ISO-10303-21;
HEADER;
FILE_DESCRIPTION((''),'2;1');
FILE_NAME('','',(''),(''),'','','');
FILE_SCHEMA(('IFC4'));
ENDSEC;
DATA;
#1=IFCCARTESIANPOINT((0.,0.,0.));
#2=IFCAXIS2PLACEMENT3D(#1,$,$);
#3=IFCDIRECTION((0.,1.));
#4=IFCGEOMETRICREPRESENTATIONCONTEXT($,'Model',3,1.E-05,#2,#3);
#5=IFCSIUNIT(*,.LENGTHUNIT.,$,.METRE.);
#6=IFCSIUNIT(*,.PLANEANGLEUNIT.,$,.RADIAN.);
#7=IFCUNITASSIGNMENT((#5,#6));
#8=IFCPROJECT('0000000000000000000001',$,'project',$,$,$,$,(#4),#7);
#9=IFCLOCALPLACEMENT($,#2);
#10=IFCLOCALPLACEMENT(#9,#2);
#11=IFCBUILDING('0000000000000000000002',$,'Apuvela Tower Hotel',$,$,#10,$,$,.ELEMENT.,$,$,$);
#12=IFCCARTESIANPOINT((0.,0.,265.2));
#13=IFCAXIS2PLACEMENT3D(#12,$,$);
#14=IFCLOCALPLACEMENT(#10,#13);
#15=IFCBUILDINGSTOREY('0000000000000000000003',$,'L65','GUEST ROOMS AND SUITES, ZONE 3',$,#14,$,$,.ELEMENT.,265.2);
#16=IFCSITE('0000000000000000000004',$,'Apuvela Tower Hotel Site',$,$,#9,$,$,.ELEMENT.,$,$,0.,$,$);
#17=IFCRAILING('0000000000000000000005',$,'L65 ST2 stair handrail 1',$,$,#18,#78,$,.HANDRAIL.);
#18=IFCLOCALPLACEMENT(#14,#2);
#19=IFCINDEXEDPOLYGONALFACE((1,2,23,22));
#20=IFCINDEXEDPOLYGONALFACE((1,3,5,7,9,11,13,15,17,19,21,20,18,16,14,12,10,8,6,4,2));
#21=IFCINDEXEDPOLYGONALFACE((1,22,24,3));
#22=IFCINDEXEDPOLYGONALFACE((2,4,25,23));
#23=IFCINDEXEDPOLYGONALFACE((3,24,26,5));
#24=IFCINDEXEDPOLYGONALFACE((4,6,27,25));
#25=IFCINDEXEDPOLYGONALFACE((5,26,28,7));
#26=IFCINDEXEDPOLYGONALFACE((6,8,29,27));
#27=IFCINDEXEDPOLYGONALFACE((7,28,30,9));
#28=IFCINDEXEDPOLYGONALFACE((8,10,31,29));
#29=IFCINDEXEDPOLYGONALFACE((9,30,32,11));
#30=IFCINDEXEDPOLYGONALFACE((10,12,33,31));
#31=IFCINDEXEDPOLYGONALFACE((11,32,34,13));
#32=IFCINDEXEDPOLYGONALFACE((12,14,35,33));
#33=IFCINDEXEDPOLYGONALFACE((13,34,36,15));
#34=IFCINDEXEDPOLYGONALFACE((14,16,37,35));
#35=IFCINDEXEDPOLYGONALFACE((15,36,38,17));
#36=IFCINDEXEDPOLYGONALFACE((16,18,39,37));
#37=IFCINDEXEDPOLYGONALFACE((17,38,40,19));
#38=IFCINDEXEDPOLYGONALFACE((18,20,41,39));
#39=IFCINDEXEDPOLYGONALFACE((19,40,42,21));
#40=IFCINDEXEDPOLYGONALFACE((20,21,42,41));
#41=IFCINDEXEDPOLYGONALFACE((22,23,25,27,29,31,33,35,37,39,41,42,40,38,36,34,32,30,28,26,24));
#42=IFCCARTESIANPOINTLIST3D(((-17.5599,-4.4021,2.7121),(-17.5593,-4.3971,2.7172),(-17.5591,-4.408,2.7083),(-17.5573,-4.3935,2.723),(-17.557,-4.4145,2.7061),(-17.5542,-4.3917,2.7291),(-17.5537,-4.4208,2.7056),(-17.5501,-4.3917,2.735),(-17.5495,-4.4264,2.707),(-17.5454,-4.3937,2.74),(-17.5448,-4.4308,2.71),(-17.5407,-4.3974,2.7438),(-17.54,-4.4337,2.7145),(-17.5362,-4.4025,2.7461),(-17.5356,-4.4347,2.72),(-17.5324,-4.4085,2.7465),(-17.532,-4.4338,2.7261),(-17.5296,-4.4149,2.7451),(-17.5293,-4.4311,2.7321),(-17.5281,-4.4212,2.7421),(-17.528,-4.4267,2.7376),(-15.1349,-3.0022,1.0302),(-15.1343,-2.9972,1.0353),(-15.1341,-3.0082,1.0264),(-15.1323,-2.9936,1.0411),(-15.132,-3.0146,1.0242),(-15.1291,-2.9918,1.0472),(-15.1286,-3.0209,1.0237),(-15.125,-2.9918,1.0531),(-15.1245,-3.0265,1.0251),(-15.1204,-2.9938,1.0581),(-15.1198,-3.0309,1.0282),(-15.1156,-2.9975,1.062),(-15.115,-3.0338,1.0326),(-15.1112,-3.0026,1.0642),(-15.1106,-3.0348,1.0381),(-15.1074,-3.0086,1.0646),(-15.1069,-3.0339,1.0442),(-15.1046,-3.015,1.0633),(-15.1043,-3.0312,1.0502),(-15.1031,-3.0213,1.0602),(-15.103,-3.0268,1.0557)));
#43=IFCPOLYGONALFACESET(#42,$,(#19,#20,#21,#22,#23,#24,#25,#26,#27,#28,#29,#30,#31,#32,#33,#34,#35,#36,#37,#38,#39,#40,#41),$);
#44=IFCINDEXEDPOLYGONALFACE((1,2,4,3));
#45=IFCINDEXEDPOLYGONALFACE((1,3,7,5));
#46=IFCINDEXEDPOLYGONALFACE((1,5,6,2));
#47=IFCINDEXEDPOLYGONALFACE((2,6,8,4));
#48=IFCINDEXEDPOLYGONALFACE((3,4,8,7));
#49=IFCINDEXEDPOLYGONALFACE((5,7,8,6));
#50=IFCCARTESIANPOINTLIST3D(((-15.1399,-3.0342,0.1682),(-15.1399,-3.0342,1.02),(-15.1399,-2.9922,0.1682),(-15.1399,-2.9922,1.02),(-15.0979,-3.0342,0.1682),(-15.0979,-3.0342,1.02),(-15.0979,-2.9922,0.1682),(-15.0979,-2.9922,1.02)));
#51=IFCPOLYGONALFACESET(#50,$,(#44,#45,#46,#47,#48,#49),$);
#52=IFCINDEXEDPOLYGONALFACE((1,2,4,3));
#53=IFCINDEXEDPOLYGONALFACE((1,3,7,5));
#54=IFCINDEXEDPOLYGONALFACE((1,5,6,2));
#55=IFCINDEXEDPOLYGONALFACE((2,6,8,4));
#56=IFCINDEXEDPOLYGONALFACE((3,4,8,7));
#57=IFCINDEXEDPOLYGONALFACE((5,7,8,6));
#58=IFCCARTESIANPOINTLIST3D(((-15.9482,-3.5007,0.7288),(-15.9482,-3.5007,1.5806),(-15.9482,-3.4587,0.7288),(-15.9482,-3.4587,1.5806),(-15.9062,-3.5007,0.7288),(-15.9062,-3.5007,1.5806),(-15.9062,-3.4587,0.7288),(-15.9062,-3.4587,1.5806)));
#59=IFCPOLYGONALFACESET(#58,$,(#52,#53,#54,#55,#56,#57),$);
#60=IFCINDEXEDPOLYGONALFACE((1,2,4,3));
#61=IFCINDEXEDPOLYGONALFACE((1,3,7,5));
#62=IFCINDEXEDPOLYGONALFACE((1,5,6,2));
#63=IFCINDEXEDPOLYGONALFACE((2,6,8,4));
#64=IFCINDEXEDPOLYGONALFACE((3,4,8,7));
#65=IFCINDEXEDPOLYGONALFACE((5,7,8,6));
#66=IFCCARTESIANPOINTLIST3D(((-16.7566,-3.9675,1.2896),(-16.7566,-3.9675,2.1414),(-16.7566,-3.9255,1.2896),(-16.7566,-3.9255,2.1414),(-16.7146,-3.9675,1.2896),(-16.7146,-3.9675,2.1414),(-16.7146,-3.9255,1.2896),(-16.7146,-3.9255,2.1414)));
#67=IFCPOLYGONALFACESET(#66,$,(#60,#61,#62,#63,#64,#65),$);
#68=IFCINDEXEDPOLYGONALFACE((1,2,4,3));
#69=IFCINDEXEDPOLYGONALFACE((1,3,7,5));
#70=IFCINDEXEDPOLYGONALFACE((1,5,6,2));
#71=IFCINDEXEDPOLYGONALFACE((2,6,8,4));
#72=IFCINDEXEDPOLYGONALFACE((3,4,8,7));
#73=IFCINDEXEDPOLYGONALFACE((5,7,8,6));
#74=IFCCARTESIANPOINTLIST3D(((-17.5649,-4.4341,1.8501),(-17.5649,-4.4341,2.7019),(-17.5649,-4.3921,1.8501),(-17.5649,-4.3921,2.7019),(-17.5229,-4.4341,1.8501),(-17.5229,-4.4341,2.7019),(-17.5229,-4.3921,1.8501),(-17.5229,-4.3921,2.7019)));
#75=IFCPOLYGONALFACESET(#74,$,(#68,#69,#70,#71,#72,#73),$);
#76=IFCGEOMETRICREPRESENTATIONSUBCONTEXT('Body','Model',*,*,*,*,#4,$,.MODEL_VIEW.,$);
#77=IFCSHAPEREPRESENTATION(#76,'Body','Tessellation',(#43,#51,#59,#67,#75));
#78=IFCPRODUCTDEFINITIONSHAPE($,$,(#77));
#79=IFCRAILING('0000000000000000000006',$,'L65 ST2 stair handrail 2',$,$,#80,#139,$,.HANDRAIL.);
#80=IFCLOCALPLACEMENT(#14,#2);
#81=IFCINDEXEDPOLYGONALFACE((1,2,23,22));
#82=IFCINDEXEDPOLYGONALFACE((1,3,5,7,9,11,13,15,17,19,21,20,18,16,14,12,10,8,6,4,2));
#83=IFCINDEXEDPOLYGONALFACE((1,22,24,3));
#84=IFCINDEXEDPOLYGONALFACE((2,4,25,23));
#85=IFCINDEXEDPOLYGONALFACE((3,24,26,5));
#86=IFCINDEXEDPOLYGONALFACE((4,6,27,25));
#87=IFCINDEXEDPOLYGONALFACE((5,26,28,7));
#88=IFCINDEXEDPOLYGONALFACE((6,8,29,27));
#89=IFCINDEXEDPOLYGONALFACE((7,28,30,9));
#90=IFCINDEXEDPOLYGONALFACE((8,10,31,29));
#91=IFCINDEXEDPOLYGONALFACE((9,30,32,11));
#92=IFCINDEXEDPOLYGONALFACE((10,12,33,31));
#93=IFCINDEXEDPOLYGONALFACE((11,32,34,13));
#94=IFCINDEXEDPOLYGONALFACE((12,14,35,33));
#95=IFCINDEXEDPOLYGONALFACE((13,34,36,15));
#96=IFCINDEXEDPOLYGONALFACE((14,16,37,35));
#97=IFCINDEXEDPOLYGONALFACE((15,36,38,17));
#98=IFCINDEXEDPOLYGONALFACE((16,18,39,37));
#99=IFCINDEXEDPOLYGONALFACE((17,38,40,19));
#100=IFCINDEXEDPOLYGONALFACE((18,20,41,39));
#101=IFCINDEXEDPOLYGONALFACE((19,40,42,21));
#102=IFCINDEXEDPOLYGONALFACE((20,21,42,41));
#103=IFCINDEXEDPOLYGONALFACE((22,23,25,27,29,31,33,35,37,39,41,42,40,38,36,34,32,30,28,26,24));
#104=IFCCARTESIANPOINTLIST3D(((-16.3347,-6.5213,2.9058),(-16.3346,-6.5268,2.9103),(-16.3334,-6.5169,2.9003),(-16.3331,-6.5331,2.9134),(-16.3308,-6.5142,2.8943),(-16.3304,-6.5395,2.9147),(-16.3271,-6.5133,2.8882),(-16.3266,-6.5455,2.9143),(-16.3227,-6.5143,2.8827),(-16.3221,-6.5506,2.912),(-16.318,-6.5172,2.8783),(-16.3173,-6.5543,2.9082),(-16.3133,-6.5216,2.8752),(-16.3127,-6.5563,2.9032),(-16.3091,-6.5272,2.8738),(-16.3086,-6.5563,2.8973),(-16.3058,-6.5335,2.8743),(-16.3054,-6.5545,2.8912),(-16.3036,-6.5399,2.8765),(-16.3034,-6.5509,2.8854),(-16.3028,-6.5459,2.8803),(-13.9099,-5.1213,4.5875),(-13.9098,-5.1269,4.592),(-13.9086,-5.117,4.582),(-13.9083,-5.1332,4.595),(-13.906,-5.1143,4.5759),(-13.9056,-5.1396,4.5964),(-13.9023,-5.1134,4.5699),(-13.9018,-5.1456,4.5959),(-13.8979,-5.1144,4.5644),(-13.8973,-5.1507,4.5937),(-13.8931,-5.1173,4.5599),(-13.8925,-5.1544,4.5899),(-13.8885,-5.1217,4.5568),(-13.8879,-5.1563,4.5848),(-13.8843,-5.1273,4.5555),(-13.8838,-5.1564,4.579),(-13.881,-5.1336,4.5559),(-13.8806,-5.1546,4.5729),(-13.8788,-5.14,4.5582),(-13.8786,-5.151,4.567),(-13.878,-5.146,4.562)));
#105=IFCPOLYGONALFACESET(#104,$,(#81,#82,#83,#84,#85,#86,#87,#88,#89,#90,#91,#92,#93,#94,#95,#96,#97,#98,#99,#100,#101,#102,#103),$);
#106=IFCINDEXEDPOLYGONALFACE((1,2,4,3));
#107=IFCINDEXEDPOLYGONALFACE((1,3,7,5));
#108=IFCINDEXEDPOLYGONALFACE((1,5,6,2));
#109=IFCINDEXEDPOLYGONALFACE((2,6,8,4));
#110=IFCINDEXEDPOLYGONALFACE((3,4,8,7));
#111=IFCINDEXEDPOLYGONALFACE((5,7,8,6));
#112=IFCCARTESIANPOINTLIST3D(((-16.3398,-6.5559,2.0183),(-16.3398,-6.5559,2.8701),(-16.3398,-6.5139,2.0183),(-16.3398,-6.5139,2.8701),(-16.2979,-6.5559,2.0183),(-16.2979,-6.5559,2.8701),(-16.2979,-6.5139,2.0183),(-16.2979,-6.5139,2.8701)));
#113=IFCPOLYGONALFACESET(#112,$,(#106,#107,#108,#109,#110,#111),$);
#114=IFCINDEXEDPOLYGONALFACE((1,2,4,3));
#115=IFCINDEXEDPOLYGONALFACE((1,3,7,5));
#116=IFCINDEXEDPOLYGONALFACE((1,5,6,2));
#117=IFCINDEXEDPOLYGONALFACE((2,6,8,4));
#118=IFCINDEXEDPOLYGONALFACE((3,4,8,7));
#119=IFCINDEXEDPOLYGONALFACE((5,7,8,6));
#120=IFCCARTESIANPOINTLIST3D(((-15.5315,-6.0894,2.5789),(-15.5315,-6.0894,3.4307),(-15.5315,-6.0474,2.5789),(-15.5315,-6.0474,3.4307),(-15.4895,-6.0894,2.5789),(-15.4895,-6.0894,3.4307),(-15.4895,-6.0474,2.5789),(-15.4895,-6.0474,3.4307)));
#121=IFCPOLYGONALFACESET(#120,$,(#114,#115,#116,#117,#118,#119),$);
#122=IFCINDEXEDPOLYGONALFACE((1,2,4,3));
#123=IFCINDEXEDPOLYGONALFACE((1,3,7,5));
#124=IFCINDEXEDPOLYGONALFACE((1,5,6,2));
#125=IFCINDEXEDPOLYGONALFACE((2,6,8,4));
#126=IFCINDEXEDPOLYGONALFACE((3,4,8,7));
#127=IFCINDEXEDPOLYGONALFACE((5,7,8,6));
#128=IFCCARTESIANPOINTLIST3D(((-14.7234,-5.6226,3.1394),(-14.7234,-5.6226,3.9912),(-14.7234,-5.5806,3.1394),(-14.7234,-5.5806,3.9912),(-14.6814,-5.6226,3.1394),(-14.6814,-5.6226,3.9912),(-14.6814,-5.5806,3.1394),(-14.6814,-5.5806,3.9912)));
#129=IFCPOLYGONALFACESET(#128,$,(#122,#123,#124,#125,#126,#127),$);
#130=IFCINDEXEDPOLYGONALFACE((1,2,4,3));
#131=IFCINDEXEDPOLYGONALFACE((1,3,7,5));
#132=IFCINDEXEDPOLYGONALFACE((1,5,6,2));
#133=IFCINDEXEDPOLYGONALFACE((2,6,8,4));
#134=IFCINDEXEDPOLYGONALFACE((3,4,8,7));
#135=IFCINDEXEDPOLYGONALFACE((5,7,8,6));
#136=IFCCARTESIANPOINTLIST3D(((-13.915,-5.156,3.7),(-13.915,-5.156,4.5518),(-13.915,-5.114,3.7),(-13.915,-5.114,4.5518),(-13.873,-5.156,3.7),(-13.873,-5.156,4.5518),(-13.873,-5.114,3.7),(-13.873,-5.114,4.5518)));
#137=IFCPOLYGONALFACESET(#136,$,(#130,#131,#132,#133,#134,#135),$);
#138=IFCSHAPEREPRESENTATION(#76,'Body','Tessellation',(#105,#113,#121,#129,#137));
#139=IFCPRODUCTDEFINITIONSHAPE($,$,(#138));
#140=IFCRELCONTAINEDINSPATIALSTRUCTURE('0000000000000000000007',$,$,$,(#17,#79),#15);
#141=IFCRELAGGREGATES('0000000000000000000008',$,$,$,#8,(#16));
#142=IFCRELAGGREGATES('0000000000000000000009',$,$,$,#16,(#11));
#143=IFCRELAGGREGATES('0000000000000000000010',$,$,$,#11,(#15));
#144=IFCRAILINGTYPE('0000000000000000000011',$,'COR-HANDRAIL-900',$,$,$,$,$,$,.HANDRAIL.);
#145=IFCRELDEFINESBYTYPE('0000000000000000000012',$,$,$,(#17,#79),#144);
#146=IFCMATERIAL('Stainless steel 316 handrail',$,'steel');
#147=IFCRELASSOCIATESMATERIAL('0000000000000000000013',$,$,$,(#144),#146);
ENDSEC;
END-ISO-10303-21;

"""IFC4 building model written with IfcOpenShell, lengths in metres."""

from ifc_helpers import new_model, si_unit, direction, frame, origin, origin_2d, place, context, subcontext, project, spatial, rectangle, circle, extrude, material, type_object, element, save


model = new_model("IFC4")

# Units and contexts
model_context = context("Model", 3, precision=1e-05, world=origin(), true_north=direction((0.0, 1.0)))
body_context = subcontext(model_context, "Body", "Model", "MODEL_VIEW")
ifc_project = project(units=[si_unit("LENGTHUNIT", "METRE"), si_unit("PLANEANGLEUNIT", "RADIAN")], contexts=[model_context])

# Site, building, storey
site_placement = place(None, origin())
site = spatial("IfcSite", under=ifc_project, at=site_placement, Name="Apuvela Tower Hotel Site", CompositionType="ELEMENT", RefElevation=0.0)
building_placement = place(site_placement, origin())
building = spatial("IfcBuilding", under=site, at=building_placement, Name="Apuvela Tower Hotel", CompositionType="ELEMENT")
storey_placement = place(building_placement, frame((0.0, 0.0, 265.2)))
storey = spatial("IfcBuildingStorey", under=building, at=storey_placement, Name="L65", Description="GUEST ROOMS AND SUITES, ZONE 3", CompositionType="ELEMENT", Elevation=265.2)

# Railings
ifc_material_1 = material(Name="Stainless steel 316 handrail", Category="steel")
railing_type_1 = type_object("IfcRailingType", Name="COR-HANDRAIL-900", PredefinedType="HANDRAIL", material=ifc_material_1)
railing_1_placement = place(storey_placement, frame((-15.1189, -3.0132, 0.1682)))
element("IfcRailing", 1, at=railing_1_placement, inside=storey, type_object=railing_type_1, Name="L65 ST2 stair handrail 1", PredefinedType="HANDRAIL", context=body_context, shape_type="SweptSolid", body=[
    extrude(circle(Radius=0.0239, at=origin_2d()), frame((0.0, 0.0, 0.876), z_axis=(-0.742424, -0.428577, 0.514906), x_axis=(0.499946, -0.866056, 0.0)), (0.0, 0.0, 1.0), 3.2664),
    extrude(rectangle(XDim=0.042, YDim=0.042, at=origin_2d()), origin(), (0.0, 0.0, 1.0), 0.8518),
    extrude(rectangle(XDim=0.042, YDim=0.042, at=origin_2d()), frame((-0.8083, -0.4666, 0.5605)), (0.0, 0.0, 1.0), 0.8518),
    extrude(rectangle(XDim=0.042, YDim=0.042, at=origin_2d()), frame((-1.6167, -0.9333, 1.1213)), (0.0, 0.0, 1.0), 0.8518),
    extrude(rectangle(XDim=0.042, YDim=0.042, at=origin_2d()), frame((-2.425, -1.3999, 1.6819)), (0.0, 0.0, 1.0), 0.8518),
])
railing_2_placement = place(storey_placement, frame((-16.3188, -6.5349, 2.0183)))
element("IfcRailing", 2, at=railing_2_placement, inside=storey, type_object=railing_type_1, Name="L65 ST2 stair handrail 2", PredefinedType="HANDRAIL", context=body_context, shape_type="SweptSolid", body=[
    extrude(circle(Radius=0.0239, at=origin_2d()), frame((0.0, 0.0, 0.876), z_axis=(0.742419, 0.428618, 0.514879), x_axis=(-0.499984, 0.866035, 0.0)), (0.0, 0.0, 1.0), 3.2661),
    extrude(rectangle(XDim=0.042, YDim=0.042, at=origin_2d()), origin(), (0.0, 0.0, 1.0), 0.8518),
    extrude(rectangle(XDim=0.042, YDim=0.042, at=origin_2d()), frame((0.8083, 0.4666, 0.5605)), (0.0, 0.0, 1.0), 0.8518),
    extrude(rectangle(XDim=0.042, YDim=0.042, at=origin_2d()), frame((1.6165, 0.9333, 1.1211)), (0.0, 0.0, 1.0), 0.8518),
    extrude(rectangle(XDim=0.042, YDim=0.042, at=origin_2d()), frame((2.4248, 1.3999, 1.6816)), (0.0, 0.0, 1.0), 0.8518),
])

save(model, "model.ifc")
